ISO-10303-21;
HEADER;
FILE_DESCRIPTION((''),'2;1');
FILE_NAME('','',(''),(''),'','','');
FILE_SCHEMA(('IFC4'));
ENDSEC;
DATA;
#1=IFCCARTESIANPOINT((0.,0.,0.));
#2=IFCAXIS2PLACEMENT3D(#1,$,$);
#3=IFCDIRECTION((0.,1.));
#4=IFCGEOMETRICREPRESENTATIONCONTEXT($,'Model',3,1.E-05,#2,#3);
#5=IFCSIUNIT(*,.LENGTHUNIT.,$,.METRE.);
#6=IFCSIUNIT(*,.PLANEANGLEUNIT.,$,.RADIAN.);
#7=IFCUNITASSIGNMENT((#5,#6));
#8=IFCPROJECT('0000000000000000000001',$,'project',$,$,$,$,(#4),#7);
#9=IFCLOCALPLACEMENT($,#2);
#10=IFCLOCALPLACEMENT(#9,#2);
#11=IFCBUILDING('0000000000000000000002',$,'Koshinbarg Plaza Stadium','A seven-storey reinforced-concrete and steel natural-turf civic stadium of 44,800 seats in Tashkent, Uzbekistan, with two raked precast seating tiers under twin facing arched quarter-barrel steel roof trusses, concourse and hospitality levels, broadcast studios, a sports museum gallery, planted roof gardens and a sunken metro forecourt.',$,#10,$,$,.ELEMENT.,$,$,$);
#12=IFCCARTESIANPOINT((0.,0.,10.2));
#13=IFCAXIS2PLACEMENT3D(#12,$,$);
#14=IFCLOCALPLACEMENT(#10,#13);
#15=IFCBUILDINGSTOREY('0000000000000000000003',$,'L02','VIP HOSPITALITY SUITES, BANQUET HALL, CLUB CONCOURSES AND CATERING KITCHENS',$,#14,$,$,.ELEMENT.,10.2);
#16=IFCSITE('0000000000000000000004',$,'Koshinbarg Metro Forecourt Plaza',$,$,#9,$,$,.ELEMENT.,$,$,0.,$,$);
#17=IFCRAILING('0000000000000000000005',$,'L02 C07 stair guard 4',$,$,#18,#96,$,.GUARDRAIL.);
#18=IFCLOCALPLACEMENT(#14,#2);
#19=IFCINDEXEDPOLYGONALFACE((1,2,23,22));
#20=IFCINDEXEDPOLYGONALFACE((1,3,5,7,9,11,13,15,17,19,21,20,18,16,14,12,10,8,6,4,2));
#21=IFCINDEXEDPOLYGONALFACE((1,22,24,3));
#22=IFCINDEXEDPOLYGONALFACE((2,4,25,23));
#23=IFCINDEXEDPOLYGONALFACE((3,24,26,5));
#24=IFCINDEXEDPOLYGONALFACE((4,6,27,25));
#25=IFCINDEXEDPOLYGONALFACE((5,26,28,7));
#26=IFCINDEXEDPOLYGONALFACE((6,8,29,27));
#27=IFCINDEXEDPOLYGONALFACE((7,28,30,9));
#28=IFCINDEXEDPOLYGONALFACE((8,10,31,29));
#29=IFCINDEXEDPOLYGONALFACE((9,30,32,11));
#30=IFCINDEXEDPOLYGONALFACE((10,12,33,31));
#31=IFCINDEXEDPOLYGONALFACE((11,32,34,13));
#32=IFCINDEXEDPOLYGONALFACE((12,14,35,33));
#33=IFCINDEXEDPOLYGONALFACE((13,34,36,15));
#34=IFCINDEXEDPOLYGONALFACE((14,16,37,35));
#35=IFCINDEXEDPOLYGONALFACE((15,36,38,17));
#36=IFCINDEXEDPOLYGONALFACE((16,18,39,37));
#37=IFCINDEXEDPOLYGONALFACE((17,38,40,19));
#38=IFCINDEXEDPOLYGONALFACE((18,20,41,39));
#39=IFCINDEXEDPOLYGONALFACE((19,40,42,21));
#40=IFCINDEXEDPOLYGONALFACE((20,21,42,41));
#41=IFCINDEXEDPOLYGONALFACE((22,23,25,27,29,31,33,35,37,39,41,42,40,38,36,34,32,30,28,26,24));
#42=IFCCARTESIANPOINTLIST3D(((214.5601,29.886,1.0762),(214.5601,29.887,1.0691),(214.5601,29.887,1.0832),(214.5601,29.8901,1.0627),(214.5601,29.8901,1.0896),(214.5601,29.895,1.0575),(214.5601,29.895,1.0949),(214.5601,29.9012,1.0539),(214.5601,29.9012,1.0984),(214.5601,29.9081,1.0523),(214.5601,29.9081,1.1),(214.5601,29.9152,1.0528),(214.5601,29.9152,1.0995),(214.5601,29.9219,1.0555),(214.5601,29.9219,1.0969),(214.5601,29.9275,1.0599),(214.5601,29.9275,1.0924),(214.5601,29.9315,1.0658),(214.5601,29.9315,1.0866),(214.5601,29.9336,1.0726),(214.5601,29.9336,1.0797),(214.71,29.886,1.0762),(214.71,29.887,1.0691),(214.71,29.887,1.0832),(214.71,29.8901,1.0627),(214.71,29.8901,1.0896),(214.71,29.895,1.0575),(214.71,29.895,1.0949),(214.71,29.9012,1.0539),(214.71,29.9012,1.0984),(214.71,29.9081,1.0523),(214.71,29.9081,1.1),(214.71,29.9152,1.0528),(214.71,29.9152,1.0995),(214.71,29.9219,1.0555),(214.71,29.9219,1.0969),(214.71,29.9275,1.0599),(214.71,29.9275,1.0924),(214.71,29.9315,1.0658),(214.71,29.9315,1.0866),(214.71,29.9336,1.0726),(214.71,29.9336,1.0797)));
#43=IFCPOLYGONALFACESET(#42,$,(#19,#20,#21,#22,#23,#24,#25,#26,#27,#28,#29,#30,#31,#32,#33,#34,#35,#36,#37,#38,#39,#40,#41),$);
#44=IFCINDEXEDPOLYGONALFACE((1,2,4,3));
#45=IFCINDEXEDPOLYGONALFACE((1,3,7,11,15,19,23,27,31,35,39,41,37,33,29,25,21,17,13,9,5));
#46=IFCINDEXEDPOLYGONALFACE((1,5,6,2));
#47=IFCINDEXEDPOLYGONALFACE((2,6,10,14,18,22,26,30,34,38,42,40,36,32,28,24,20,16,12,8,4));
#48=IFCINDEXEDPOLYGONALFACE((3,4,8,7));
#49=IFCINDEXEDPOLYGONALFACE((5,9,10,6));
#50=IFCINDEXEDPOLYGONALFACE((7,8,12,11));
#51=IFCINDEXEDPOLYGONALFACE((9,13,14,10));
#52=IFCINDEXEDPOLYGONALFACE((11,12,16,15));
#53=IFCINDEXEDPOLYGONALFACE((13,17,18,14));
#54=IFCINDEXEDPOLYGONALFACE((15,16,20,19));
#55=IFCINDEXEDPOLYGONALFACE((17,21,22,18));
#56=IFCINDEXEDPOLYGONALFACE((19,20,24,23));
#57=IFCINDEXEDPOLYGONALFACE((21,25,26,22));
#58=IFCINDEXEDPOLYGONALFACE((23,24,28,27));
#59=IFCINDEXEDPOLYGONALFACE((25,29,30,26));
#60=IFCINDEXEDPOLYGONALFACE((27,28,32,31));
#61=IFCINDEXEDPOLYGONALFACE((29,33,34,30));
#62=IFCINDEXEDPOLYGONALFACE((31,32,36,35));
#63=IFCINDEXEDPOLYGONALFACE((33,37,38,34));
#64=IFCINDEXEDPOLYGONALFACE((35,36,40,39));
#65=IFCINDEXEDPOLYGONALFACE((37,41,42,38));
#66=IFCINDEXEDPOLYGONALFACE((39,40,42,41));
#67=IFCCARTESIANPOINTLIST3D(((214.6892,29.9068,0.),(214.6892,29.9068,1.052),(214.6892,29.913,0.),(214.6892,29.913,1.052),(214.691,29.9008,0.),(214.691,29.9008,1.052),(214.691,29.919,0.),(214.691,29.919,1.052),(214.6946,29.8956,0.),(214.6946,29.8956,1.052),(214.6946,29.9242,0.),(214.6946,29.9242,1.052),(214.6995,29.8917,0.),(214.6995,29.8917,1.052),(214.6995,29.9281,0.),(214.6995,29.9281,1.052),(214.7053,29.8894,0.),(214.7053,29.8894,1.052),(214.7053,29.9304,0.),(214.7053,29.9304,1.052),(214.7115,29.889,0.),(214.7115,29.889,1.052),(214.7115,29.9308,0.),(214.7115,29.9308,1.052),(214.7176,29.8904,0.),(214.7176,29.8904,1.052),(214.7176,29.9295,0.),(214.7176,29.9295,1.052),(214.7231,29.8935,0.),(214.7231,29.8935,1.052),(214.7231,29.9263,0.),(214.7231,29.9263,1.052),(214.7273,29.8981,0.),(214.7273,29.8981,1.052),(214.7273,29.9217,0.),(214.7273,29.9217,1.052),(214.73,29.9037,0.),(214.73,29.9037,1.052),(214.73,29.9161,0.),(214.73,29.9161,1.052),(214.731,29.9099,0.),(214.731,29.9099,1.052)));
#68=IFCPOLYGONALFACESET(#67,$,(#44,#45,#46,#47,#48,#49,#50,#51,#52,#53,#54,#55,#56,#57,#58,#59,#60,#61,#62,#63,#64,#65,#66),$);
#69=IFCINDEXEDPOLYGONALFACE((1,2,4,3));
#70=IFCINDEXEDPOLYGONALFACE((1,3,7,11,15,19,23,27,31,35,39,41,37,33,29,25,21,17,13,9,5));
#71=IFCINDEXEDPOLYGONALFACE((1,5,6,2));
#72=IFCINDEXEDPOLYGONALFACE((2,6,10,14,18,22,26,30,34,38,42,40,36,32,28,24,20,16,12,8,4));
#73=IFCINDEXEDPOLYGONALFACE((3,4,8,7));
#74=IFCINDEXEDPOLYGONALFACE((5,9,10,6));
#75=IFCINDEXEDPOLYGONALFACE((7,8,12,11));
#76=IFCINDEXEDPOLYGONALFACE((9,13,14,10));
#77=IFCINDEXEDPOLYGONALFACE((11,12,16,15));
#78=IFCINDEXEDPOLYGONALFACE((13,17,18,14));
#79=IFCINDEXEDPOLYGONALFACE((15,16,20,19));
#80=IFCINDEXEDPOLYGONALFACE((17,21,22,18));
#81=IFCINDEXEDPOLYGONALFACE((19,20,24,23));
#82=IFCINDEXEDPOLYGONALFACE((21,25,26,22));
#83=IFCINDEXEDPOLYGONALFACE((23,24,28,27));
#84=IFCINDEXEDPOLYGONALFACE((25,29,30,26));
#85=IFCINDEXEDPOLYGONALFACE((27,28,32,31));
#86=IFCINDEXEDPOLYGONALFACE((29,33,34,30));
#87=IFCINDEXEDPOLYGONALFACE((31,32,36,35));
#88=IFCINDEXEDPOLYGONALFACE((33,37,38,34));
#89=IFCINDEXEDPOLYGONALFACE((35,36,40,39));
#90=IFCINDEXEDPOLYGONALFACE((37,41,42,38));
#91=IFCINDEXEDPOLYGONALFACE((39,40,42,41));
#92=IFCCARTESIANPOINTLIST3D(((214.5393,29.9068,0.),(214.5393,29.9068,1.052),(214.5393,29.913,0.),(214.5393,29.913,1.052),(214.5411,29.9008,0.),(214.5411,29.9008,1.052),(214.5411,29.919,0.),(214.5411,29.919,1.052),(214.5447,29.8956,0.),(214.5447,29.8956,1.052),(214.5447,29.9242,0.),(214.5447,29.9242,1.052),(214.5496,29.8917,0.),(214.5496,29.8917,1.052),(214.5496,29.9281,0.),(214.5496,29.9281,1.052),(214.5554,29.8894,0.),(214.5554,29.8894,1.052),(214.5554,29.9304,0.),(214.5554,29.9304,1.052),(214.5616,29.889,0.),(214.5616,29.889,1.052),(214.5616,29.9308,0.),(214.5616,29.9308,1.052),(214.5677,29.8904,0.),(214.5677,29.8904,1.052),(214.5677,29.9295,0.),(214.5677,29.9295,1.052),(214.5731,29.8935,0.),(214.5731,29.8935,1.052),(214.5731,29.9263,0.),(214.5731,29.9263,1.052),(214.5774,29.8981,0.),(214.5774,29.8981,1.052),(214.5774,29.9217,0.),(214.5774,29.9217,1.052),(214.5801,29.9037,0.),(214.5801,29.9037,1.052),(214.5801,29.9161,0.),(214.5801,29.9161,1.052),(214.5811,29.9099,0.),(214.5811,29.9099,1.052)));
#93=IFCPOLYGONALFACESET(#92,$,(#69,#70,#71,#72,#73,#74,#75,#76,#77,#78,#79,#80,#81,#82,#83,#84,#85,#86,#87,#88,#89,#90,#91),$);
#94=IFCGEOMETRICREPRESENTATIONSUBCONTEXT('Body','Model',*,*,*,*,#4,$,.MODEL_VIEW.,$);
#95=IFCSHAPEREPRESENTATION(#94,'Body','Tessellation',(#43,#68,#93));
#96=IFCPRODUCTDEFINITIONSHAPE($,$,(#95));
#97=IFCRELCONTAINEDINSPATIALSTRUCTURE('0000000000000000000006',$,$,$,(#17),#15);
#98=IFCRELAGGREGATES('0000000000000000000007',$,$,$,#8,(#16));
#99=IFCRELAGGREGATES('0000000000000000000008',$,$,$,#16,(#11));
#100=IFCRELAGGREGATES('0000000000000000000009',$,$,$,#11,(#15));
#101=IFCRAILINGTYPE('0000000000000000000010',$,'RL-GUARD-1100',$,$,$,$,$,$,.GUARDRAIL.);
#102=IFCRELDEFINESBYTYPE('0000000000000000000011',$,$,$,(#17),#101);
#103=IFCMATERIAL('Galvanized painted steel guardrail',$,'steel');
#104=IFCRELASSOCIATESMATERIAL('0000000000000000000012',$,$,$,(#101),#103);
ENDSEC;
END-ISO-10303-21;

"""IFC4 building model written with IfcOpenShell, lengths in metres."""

from ifc_helpers import new_model, si_unit, direction, frame, origin, origin_2d, place, context, subcontext, project, spatial, circle, extrude, material, type_object, element, save


model = new_model("IFC4")

# Units and contexts
model_context = context("Model", 3, precision=1e-05, world=origin(), true_north=direction((0.0, 1.0)))
body_context = subcontext(model_context, "Body", "Model", "MODEL_VIEW")
ifc_project = project(units=[si_unit("LENGTHUNIT", "METRE"), si_unit("PLANEANGLEUNIT", "RADIAN")], contexts=[model_context])

# Site, building, storey
site_placement = place(None, origin())
site = spatial("IfcSite", under=ifc_project, at=site_placement, Name="Koshinbarg Metro Forecourt Plaza", CompositionType="ELEMENT", RefElevation=0.0)
building_placement = place(site_placement, origin())
building = spatial("IfcBuilding", under=site, at=building_placement, Name="Koshinbarg Plaza Stadium", Description="A seven-storey reinforced-concrete and steel natural-turf civic stadium of 44,800 seats in Tashkent, Uzbekistan, with two raked precast seating tiers under twin facing arched quarter-barrel steel roof trusses, concourse and hospitality levels, broadcast studios, a sports museum gallery, planted roof gardens and a sunken metro forecourt.", CompositionType="ELEMENT")
storey_placement = place(building_placement, frame((0.0, 0.0, 10.2)))
storey = spatial("IfcBuildingStorey", under=building, at=storey_placement, Name="L02", Description="VIP HOSPITALITY SUITES, BANQUET HALL, CLUB CONCOURSES AND CATERING KITCHENS", CompositionType="ELEMENT", Elevation=10.2)

# Railing
ifc_material_1 = material(Name="Galvanized painted steel guardrail", Category="steel")
railing_type_1 = type_object("IfcRailingType", Name="RL-GUARD-1100", PredefinedType="GUARDRAIL", material=ifc_material_1)
railing_1_placement = place(storey_placement, frame((214.71, 29.9099, 0.0)))
element("IfcRailing", 1, at=railing_1_placement, inside=storey, type_object=railing_type_1, Name="L02 C07 stair guard 4", PredefinedType="GUARDRAIL", context=body_context, shape_type="SweptSolid", body=[
    extrude(circle(Radius=0.0239, at=origin_2d()), frame((0.0, 0.0, 1.0762), z_axis=(-1.0, 0.0, 0.0), x_axis=(0.0, -1.0, 0.0)), (0.0, 0.0, 1.0), 0.1499),
    extrude(circle(Radius=0.021, at=origin_2d()), origin(), (0.0, 0.0, 1.0), 1.052),
    extrude(circle(Radius=0.021, at=origin_2d()), frame((-0.1499, 0.0, 0.0)), (0.0, 0.0, 1.0), 1.052),
])

save(model, "model.ifc")
